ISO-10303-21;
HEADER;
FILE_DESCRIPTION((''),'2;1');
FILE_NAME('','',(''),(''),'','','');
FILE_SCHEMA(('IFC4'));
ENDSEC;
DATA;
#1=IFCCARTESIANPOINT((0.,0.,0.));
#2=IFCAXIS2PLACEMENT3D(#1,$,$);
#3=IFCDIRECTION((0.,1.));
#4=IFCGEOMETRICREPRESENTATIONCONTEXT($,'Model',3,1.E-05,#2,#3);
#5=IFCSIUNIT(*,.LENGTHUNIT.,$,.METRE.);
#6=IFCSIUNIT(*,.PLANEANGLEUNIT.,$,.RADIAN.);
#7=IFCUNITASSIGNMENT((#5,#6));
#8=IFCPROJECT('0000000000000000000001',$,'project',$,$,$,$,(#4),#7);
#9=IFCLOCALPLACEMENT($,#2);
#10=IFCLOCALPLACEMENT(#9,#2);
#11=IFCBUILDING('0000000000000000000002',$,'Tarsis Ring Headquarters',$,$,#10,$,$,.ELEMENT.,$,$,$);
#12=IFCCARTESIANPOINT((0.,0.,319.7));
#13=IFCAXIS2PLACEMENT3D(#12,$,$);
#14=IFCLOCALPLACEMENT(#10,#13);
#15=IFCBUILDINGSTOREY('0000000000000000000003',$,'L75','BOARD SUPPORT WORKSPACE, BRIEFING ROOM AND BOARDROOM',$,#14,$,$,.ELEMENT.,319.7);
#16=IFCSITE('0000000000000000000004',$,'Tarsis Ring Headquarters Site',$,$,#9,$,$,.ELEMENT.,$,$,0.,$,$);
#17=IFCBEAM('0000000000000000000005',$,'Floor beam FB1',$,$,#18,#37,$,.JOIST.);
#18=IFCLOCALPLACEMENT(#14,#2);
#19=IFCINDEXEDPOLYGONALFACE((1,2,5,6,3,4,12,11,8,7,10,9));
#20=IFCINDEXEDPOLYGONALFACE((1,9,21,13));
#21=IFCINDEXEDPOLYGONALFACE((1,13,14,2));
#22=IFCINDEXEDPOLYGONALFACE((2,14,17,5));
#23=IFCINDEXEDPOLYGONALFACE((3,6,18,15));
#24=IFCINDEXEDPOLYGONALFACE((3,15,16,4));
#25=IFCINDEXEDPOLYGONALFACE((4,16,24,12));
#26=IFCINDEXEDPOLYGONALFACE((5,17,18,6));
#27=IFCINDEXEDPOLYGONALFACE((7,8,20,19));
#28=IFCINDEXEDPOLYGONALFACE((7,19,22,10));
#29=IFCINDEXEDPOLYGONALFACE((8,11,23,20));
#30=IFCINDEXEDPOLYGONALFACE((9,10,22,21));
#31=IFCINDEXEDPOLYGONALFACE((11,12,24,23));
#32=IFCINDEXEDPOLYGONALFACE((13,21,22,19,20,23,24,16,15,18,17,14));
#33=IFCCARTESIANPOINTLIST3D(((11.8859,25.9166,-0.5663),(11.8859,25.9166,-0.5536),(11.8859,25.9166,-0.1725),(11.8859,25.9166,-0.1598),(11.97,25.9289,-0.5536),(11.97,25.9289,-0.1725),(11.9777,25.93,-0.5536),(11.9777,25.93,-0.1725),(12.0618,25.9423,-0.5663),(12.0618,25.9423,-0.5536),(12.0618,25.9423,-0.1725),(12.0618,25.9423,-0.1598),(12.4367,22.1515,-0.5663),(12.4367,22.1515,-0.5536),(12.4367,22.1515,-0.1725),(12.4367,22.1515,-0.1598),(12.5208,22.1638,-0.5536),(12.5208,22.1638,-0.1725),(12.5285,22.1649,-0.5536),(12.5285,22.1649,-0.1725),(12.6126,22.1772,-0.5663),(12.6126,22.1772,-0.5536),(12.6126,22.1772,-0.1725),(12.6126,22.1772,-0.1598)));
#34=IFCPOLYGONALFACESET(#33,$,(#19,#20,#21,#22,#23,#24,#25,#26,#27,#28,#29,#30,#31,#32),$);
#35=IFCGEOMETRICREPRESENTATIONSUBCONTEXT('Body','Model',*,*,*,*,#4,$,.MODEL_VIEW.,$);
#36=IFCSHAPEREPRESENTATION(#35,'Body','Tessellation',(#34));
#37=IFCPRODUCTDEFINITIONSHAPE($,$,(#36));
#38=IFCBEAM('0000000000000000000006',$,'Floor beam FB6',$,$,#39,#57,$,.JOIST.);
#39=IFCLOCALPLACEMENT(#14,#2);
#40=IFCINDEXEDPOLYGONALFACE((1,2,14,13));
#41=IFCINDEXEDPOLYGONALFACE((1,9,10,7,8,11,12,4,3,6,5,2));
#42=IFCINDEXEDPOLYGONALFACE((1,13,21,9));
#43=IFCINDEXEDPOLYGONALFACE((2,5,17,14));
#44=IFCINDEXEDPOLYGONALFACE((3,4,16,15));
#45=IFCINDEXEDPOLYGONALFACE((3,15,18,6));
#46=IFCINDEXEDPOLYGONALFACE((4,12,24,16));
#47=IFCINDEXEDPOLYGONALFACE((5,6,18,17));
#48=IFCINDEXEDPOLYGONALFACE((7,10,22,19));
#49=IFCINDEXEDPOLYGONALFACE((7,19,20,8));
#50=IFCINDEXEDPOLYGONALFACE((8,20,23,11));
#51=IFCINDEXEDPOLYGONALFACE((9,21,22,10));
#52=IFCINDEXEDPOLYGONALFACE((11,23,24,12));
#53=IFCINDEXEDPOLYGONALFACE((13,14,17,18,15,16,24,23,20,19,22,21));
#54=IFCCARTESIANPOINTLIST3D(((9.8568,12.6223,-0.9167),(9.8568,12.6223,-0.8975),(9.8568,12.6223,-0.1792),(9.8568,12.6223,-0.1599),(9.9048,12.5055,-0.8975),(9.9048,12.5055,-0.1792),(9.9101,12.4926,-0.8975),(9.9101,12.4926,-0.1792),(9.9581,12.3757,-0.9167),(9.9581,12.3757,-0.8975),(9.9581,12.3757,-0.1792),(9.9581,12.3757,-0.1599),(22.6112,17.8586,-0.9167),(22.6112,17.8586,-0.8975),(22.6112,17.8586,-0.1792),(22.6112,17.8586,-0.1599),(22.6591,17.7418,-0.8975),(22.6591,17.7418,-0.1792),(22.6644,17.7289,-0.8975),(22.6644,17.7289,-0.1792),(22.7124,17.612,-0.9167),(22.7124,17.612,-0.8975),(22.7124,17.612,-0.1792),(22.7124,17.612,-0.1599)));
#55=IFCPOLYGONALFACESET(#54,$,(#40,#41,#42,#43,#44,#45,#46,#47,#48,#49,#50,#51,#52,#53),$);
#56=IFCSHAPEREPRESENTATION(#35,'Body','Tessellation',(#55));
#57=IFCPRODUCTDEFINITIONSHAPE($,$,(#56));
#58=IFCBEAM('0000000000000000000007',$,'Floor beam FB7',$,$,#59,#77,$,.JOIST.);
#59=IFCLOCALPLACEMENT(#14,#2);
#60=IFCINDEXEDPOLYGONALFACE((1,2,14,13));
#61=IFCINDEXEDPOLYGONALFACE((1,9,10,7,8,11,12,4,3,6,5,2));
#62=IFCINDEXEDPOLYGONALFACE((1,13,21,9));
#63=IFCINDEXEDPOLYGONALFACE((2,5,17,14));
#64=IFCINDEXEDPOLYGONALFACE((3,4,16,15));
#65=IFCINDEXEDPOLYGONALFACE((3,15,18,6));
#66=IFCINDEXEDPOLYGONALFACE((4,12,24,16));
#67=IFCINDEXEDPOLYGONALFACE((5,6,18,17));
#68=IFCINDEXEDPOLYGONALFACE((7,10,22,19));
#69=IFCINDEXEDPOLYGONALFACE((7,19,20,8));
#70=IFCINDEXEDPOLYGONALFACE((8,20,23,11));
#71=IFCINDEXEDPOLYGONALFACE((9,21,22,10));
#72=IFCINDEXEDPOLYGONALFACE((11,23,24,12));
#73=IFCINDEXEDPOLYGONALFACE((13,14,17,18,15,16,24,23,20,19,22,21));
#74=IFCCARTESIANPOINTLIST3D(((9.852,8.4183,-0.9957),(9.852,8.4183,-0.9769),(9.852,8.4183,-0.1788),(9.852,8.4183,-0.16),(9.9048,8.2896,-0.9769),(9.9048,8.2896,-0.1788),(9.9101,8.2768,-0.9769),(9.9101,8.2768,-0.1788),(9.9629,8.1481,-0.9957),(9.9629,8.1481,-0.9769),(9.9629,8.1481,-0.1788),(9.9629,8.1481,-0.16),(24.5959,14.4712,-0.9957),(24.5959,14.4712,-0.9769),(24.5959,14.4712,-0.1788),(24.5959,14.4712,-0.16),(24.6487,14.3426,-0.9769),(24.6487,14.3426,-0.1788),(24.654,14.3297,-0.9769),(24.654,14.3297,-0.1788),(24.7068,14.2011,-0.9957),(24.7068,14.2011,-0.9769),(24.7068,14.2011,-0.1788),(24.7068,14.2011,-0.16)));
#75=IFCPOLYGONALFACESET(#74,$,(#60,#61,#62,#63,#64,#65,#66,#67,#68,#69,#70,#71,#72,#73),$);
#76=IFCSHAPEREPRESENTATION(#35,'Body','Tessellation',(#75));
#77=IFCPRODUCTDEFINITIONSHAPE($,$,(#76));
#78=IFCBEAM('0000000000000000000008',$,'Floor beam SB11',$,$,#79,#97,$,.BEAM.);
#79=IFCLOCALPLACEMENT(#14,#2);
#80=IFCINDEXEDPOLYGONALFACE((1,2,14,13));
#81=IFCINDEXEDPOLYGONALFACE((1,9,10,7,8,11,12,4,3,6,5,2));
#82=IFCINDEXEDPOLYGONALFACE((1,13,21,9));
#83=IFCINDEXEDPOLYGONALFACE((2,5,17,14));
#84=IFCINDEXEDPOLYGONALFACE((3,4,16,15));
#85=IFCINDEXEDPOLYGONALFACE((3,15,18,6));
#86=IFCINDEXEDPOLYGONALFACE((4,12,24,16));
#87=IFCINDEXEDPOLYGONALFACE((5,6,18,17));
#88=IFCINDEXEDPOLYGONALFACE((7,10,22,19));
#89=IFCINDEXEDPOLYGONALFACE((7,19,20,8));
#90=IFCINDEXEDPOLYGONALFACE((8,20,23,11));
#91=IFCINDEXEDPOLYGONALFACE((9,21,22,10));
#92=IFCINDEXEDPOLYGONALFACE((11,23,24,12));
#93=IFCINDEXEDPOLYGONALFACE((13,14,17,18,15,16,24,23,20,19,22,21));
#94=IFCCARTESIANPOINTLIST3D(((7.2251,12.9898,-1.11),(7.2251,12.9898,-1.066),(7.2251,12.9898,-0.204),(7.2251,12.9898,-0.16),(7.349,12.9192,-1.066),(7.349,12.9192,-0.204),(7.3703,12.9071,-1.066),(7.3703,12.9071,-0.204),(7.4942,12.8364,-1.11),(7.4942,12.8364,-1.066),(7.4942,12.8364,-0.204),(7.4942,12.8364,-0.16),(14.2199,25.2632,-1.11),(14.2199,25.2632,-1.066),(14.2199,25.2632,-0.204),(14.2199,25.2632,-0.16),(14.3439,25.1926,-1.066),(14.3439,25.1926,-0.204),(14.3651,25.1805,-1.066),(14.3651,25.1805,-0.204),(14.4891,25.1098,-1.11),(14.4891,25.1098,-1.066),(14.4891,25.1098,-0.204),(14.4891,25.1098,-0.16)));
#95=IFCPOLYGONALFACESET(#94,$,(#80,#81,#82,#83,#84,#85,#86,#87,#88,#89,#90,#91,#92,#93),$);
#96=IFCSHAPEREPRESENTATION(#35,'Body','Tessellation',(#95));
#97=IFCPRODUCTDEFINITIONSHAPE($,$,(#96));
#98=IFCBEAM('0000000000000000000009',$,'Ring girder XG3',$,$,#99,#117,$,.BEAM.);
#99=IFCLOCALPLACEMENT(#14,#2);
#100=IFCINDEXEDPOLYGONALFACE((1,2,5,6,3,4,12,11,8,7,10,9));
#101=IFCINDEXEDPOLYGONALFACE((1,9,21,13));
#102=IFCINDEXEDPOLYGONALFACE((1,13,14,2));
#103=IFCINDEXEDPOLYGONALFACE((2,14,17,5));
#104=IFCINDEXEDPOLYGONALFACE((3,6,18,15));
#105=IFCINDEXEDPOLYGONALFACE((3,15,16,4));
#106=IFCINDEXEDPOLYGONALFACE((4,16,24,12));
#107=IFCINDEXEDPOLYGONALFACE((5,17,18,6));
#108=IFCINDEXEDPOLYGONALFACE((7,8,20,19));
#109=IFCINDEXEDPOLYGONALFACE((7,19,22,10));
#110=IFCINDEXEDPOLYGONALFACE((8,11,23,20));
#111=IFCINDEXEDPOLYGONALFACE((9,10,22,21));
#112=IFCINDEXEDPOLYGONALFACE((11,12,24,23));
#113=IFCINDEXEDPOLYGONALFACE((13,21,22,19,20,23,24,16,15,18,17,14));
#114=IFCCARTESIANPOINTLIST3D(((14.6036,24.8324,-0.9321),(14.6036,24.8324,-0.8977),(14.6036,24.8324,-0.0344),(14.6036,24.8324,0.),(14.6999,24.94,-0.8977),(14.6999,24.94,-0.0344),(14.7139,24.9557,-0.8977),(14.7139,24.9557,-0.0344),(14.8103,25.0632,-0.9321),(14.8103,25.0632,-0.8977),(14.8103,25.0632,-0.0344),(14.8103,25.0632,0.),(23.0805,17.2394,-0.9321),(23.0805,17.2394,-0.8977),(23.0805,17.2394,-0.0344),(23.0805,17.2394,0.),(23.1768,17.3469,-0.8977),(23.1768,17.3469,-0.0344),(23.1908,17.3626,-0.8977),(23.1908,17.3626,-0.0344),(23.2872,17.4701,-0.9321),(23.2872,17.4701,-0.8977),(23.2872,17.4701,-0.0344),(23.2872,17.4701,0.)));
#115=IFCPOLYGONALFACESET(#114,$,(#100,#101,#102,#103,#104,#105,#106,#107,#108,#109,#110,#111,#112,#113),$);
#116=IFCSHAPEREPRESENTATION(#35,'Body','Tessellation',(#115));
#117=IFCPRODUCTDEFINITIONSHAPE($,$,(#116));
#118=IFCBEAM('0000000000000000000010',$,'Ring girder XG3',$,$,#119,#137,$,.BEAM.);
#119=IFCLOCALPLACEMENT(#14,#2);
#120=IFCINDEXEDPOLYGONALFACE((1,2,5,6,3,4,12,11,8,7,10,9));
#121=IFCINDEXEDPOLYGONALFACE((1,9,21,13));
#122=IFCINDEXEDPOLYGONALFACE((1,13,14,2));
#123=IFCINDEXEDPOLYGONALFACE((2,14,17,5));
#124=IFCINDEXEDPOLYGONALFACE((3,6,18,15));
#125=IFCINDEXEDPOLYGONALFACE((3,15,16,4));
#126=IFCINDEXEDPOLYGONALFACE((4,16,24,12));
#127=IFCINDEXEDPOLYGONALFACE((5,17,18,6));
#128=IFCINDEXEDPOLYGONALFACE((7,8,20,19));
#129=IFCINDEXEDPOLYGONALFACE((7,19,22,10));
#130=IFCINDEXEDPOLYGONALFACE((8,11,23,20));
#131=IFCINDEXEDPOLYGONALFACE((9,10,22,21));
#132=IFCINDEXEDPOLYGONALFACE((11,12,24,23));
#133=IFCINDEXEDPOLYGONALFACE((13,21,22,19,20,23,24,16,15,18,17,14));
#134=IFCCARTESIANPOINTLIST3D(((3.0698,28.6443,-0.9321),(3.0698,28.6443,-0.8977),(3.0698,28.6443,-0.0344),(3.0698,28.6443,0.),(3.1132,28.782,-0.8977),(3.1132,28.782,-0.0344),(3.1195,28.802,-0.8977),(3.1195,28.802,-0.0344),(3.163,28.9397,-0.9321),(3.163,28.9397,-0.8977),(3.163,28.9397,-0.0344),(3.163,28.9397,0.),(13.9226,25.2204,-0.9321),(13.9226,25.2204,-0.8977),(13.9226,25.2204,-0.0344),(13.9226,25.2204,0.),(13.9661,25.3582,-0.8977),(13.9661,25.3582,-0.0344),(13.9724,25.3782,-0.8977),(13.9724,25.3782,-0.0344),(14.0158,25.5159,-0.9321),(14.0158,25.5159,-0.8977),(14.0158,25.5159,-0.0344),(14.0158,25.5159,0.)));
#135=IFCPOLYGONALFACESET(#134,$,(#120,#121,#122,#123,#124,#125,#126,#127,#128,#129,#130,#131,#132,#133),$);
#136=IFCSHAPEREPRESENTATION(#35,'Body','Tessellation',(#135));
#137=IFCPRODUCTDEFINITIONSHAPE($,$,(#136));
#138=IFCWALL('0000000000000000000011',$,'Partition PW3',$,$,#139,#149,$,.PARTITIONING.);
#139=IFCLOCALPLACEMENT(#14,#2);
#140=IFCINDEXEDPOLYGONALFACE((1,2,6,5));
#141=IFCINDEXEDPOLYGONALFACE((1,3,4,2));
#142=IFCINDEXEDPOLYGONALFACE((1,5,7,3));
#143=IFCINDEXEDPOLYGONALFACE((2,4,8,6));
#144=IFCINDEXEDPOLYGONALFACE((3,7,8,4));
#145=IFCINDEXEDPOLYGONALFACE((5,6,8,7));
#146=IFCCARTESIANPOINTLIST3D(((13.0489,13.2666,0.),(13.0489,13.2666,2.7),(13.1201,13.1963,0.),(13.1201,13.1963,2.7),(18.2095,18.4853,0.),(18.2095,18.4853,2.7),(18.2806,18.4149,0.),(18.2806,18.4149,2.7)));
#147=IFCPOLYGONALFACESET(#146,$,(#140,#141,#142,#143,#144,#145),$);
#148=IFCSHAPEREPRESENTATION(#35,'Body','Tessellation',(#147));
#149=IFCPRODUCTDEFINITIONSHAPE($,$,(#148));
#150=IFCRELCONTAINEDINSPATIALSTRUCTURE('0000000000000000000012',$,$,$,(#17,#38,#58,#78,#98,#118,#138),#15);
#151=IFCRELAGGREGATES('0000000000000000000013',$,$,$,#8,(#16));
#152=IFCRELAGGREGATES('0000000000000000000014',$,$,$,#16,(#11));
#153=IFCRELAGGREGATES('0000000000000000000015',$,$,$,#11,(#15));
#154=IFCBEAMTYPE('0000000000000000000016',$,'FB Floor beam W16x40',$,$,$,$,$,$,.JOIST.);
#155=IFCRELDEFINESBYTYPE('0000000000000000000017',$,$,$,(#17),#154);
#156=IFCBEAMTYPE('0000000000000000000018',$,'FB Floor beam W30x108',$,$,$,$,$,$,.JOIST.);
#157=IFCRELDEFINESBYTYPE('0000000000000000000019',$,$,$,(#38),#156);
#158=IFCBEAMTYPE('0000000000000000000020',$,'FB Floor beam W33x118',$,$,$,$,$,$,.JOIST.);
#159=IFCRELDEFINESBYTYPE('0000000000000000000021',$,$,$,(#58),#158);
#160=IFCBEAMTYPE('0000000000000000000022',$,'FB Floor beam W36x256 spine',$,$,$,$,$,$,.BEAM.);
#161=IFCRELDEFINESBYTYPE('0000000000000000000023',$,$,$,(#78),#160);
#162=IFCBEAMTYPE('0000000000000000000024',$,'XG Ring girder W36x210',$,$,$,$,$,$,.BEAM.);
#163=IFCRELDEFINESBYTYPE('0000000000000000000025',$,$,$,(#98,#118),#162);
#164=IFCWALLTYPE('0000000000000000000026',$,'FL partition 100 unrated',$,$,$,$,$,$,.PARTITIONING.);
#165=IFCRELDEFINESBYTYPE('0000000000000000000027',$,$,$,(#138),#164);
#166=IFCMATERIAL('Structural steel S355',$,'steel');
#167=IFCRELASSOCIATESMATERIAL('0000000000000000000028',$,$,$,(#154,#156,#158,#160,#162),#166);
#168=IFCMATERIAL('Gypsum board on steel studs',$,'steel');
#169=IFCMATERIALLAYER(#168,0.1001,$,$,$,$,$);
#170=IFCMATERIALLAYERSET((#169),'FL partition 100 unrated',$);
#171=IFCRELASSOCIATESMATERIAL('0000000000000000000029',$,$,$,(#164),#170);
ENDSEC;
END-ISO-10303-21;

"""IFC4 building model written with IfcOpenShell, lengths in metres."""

from ifc_helpers import new_model, si_unit, direction, frame, frame_2d, origin, origin_2d, place, context, subcontext, project, spatial, rectangle, i_section, extrude, material, layer, layer_set, material_profile, profile_set, type_object, element, save


model = new_model("IFC4")

# Units and contexts
model_context = context("Model", 3, precision=1e-05, world=origin(), true_north=direction((0.0, 1.0)))
body_context = subcontext(model_context, "Body", "Model", "MODEL_VIEW")
ifc_project = project(units=[si_unit("LENGTHUNIT", "METRE"), si_unit("PLANEANGLEUNIT", "RADIAN")], contexts=[model_context])

# Site, building, storey
site_placement = place(None, origin())
site = spatial("IfcSite", under=ifc_project, at=site_placement, Name="Tarsis Ring Headquarters Site", CompositionType="ELEMENT", RefElevation=0.0)
building_placement = place(site_placement, origin())
building = spatial("IfcBuilding", under=site, at=building_placement, Name="Tarsis Ring Headquarters", CompositionType="ELEMENT")
storey_placement = place(building_placement, frame((0.0, 0.0, 319.7)))
storey = spatial("IfcBuildingStorey", under=building, at=storey_placement, Name="L75", Description="BOARD SUPPORT WORKSPACE, BRIEFING ROOM AND BOARDROOM", CompositionType="ELEMENT", Elevation=319.7)

# Shared definitions
ifc_material_1 = material(Name="Structural steel S355", Category="steel")

# Beams
ifc_material_profile_1 = material_profile(ifc_material_1, i_section(OverallWidth=0.1777, OverallDepth=0.4065, WebThickness=0.0078, FlangeThickness=0.0127, at=origin_2d()), Name="W16x40")
ifc_profile_set_1 = profile_set([ifc_material_profile_1], Name="Structural steel S355")
beam_type_1 = type_object("IfcBeamType", Name="FB Floor beam W16x40", PredefinedType="JOIST", material=ifc_profile_set_1)
beam_1_placement = place(storey_placement, frame((11.9739, 25.9294, -0.363), z_axis=(0.144744, -0.989469, 0.0), x_axis=(0.989469, 0.144744, 0.0)))
element("IfcBeam", 1, at=beam_1_placement, inside=storey, type_object=beam_type_1, Name="Floor beam FB1", PredefinedType="JOIST", context=body_context, shape_type="SweptSolid", body=[
    extrude(i_section(OverallWidth=0.1777, OverallDepth=0.4065, WebThickness=0.0078, FlangeThickness=0.0127, at=origin_2d()), origin(), (0.0, 0.0, 1.0), 3.8052),
])
ifc_material_profile_2 = material_profile(ifc_material_1, i_section(OverallWidth=0.2666, OverallDepth=0.7568, WebThickness=0.0139, FlangeThickness=0.0193, at=origin_2d()), Name="W30x108")
ifc_profile_set_2 = profile_set([ifc_material_profile_2], Name="Structural steel S355")
beam_type_2 = type_object("IfcBeamType", Name="FB Floor beam W30x108", PredefinedType="JOIST", material=ifc_profile_set_2)
beam_2_placement = place(storey_placement, frame((9.9075, 12.499, -0.5383), z_axis=(0.925073, 0.37979, 0.0), x_axis=(-0.37979, 0.925073, 0.0)))
element("IfcBeam", 2, at=beam_2_placement, inside=storey, type_object=beam_type_2, Name="Floor beam FB6", PredefinedType="JOIST", context=body_context, shape_type="SweptSolid", body=[
    extrude(i_section(OverallWidth=0.2666, OverallDepth=0.7568, WebThickness=0.0139, FlangeThickness=0.0193, at=origin_2d()), origin(), (0.0, 0.0, 1.0), 13.7874),
])
ifc_material_profile_3 = material_profile(ifc_material_1, i_section(OverallWidth=0.292, OverallDepth=0.8357, WebThickness=0.0139, FlangeThickness=0.0188, at=origin_2d()), Name="W33x118")
ifc_profile_set_3 = profile_set([ifc_material_profile_3], Name="Structural steel S355")
beam_type_3 = type_object("IfcBeamType", Name="FB Floor beam W33x118", PredefinedType="JOIST", material=ifc_profile_set_3)
beam_3_placement = place(storey_placement, frame((9.9075, 8.2832, -0.5779), z_axis=(0.925076, 0.379782, 0.0), x_axis=(-0.379782, 0.925076, 0.0)))
element("IfcBeam", 3, at=beam_3_placement, inside=storey, type_object=beam_type_3, Name="Floor beam FB7", PredefinedType="JOIST", context=body_context, shape_type="SweptSolid", body=[
    extrude(i_section(OverallWidth=0.292, OverallDepth=0.8357, WebThickness=0.0139, FlangeThickness=0.0188, at=origin_2d()), origin(), (0.0, 0.0, 1.0), 15.938),
])
ifc_material_profile_4 = material_profile(ifc_material_1, i_section(OverallWidth=0.3098, OverallDepth=0.95, WebThickness=0.0244, FlangeThickness=0.0439, at=origin_2d()), Name="W36x256")
ifc_profile_set_4 = profile_set([ifc_material_profile_4], Name="Structural steel S355")
beam_type_4 = type_object("IfcBeamType", Name="FB Floor beam W36x256 spine", PredefinedType="BEAM", material=ifc_profile_set_4)
beam_4_placement = place(storey_placement, frame((14.3545, 25.1865, -0.635), z_axis=(-0.49515, -0.868807, 0.0), x_axis=(0.868807, -0.49515, 0.0)))
element("IfcBeam", 4, at=beam_4_placement, inside=storey, type_object=beam_type_4, Name="Floor beam SB11", PredefinedType="BEAM", context=body_context, shape_type="SweptSolid", body=[
    extrude(i_section(OverallWidth=0.3098, OverallDepth=0.95, WebThickness=0.0244, FlangeThickness=0.0439, at=origin_2d()), origin(), (0.0, 0.0, 1.0), 14.1267),
])
ifc_material_profile_5 = material_profile(ifc_material_1, i_section(OverallWidth=0.3098, OverallDepth=0.9321, WebThickness=0.021, FlangeThickness=0.0344, at=origin_2d()), Name="W36x210")
ifc_profile_set_5 = profile_set([ifc_material_profile_5], Name="Structural steel S355")
beam_type_5 = type_object("IfcBeamType", Name="XG Ring girder W36x210", PredefinedType="BEAM", material=ifc_profile_set_5)
beam_5_placement = place(storey_placement, frame((23.1838, 17.3547, -0.4661), z_axis=(-0.74487, 0.66721, 0.0), x_axis=(-0.66721, -0.74487, 0.0)))
element("IfcBeam", 5, at=beam_5_placement, inside=storey, type_object=beam_type_5, Name="Ring girder XG3", PredefinedType="BEAM", context=body_context, shape_type="SweptSolid", body=[
    extrude(i_section(OverallWidth=0.3098, OverallDepth=0.9321, WebThickness=0.021, FlangeThickness=0.0344, at=origin_2d()), origin(), (0.0, 0.0, 1.0), 11.3804),
])
beam_6_placement = place(storey_placement, frame((13.9692, 25.3682, -0.4661), z_axis=(-0.953668, 0.300862, 0.0), x_axis=(-0.300862, -0.953668, 0.0)))
element("IfcBeam", 6, at=beam_6_placement, inside=storey, type_object=beam_type_5, Name="Ring girder XG3", PredefinedType="BEAM", context=body_context, shape_type="SweptSolid", body=[
    extrude(i_section(OverallWidth=0.3098, OverallDepth=0.9321, WebThickness=0.021, FlangeThickness=0.0344, at=origin_2d()), origin(), (0.0, 0.0, 1.0), 11.3801),
])

# Wall
ifc_material_2 = material(Name="Gypsum board on steel studs", Category="steel")
ifc_layer_1 = layer(ifc_material_2, 0.1001)
ifc_layer_set_1 = layer_set([ifc_layer_1], Name="FL partition 100 unrated")
wall_type_1 = type_object("IfcWallType", Name="FL partition 100 unrated", PredefinedType="PARTITIONING", material=ifc_layer_set_1)
wall_1_placement = place(storey_placement, frame((13.0845, 13.2314, 0.0), z_axis=(0.0, 0.0, 1.0), x_axis=(0.703137, 0.711054, 0.0)))
element("IfcWall", 7, at=wall_1_placement, inside=storey, type_object=wall_type_1, Name="Partition PW3", PredefinedType="PARTITIONING", context=body_context, shape_type="SweptSolid", body=[
    extrude(rectangle(XDim=7.3394, YDim=0.1001, at=frame_2d((3.6697, 0.0))), origin(), (0.0, 0.0, 1.0), 2.7),
])

save(model, "model.ifc")
